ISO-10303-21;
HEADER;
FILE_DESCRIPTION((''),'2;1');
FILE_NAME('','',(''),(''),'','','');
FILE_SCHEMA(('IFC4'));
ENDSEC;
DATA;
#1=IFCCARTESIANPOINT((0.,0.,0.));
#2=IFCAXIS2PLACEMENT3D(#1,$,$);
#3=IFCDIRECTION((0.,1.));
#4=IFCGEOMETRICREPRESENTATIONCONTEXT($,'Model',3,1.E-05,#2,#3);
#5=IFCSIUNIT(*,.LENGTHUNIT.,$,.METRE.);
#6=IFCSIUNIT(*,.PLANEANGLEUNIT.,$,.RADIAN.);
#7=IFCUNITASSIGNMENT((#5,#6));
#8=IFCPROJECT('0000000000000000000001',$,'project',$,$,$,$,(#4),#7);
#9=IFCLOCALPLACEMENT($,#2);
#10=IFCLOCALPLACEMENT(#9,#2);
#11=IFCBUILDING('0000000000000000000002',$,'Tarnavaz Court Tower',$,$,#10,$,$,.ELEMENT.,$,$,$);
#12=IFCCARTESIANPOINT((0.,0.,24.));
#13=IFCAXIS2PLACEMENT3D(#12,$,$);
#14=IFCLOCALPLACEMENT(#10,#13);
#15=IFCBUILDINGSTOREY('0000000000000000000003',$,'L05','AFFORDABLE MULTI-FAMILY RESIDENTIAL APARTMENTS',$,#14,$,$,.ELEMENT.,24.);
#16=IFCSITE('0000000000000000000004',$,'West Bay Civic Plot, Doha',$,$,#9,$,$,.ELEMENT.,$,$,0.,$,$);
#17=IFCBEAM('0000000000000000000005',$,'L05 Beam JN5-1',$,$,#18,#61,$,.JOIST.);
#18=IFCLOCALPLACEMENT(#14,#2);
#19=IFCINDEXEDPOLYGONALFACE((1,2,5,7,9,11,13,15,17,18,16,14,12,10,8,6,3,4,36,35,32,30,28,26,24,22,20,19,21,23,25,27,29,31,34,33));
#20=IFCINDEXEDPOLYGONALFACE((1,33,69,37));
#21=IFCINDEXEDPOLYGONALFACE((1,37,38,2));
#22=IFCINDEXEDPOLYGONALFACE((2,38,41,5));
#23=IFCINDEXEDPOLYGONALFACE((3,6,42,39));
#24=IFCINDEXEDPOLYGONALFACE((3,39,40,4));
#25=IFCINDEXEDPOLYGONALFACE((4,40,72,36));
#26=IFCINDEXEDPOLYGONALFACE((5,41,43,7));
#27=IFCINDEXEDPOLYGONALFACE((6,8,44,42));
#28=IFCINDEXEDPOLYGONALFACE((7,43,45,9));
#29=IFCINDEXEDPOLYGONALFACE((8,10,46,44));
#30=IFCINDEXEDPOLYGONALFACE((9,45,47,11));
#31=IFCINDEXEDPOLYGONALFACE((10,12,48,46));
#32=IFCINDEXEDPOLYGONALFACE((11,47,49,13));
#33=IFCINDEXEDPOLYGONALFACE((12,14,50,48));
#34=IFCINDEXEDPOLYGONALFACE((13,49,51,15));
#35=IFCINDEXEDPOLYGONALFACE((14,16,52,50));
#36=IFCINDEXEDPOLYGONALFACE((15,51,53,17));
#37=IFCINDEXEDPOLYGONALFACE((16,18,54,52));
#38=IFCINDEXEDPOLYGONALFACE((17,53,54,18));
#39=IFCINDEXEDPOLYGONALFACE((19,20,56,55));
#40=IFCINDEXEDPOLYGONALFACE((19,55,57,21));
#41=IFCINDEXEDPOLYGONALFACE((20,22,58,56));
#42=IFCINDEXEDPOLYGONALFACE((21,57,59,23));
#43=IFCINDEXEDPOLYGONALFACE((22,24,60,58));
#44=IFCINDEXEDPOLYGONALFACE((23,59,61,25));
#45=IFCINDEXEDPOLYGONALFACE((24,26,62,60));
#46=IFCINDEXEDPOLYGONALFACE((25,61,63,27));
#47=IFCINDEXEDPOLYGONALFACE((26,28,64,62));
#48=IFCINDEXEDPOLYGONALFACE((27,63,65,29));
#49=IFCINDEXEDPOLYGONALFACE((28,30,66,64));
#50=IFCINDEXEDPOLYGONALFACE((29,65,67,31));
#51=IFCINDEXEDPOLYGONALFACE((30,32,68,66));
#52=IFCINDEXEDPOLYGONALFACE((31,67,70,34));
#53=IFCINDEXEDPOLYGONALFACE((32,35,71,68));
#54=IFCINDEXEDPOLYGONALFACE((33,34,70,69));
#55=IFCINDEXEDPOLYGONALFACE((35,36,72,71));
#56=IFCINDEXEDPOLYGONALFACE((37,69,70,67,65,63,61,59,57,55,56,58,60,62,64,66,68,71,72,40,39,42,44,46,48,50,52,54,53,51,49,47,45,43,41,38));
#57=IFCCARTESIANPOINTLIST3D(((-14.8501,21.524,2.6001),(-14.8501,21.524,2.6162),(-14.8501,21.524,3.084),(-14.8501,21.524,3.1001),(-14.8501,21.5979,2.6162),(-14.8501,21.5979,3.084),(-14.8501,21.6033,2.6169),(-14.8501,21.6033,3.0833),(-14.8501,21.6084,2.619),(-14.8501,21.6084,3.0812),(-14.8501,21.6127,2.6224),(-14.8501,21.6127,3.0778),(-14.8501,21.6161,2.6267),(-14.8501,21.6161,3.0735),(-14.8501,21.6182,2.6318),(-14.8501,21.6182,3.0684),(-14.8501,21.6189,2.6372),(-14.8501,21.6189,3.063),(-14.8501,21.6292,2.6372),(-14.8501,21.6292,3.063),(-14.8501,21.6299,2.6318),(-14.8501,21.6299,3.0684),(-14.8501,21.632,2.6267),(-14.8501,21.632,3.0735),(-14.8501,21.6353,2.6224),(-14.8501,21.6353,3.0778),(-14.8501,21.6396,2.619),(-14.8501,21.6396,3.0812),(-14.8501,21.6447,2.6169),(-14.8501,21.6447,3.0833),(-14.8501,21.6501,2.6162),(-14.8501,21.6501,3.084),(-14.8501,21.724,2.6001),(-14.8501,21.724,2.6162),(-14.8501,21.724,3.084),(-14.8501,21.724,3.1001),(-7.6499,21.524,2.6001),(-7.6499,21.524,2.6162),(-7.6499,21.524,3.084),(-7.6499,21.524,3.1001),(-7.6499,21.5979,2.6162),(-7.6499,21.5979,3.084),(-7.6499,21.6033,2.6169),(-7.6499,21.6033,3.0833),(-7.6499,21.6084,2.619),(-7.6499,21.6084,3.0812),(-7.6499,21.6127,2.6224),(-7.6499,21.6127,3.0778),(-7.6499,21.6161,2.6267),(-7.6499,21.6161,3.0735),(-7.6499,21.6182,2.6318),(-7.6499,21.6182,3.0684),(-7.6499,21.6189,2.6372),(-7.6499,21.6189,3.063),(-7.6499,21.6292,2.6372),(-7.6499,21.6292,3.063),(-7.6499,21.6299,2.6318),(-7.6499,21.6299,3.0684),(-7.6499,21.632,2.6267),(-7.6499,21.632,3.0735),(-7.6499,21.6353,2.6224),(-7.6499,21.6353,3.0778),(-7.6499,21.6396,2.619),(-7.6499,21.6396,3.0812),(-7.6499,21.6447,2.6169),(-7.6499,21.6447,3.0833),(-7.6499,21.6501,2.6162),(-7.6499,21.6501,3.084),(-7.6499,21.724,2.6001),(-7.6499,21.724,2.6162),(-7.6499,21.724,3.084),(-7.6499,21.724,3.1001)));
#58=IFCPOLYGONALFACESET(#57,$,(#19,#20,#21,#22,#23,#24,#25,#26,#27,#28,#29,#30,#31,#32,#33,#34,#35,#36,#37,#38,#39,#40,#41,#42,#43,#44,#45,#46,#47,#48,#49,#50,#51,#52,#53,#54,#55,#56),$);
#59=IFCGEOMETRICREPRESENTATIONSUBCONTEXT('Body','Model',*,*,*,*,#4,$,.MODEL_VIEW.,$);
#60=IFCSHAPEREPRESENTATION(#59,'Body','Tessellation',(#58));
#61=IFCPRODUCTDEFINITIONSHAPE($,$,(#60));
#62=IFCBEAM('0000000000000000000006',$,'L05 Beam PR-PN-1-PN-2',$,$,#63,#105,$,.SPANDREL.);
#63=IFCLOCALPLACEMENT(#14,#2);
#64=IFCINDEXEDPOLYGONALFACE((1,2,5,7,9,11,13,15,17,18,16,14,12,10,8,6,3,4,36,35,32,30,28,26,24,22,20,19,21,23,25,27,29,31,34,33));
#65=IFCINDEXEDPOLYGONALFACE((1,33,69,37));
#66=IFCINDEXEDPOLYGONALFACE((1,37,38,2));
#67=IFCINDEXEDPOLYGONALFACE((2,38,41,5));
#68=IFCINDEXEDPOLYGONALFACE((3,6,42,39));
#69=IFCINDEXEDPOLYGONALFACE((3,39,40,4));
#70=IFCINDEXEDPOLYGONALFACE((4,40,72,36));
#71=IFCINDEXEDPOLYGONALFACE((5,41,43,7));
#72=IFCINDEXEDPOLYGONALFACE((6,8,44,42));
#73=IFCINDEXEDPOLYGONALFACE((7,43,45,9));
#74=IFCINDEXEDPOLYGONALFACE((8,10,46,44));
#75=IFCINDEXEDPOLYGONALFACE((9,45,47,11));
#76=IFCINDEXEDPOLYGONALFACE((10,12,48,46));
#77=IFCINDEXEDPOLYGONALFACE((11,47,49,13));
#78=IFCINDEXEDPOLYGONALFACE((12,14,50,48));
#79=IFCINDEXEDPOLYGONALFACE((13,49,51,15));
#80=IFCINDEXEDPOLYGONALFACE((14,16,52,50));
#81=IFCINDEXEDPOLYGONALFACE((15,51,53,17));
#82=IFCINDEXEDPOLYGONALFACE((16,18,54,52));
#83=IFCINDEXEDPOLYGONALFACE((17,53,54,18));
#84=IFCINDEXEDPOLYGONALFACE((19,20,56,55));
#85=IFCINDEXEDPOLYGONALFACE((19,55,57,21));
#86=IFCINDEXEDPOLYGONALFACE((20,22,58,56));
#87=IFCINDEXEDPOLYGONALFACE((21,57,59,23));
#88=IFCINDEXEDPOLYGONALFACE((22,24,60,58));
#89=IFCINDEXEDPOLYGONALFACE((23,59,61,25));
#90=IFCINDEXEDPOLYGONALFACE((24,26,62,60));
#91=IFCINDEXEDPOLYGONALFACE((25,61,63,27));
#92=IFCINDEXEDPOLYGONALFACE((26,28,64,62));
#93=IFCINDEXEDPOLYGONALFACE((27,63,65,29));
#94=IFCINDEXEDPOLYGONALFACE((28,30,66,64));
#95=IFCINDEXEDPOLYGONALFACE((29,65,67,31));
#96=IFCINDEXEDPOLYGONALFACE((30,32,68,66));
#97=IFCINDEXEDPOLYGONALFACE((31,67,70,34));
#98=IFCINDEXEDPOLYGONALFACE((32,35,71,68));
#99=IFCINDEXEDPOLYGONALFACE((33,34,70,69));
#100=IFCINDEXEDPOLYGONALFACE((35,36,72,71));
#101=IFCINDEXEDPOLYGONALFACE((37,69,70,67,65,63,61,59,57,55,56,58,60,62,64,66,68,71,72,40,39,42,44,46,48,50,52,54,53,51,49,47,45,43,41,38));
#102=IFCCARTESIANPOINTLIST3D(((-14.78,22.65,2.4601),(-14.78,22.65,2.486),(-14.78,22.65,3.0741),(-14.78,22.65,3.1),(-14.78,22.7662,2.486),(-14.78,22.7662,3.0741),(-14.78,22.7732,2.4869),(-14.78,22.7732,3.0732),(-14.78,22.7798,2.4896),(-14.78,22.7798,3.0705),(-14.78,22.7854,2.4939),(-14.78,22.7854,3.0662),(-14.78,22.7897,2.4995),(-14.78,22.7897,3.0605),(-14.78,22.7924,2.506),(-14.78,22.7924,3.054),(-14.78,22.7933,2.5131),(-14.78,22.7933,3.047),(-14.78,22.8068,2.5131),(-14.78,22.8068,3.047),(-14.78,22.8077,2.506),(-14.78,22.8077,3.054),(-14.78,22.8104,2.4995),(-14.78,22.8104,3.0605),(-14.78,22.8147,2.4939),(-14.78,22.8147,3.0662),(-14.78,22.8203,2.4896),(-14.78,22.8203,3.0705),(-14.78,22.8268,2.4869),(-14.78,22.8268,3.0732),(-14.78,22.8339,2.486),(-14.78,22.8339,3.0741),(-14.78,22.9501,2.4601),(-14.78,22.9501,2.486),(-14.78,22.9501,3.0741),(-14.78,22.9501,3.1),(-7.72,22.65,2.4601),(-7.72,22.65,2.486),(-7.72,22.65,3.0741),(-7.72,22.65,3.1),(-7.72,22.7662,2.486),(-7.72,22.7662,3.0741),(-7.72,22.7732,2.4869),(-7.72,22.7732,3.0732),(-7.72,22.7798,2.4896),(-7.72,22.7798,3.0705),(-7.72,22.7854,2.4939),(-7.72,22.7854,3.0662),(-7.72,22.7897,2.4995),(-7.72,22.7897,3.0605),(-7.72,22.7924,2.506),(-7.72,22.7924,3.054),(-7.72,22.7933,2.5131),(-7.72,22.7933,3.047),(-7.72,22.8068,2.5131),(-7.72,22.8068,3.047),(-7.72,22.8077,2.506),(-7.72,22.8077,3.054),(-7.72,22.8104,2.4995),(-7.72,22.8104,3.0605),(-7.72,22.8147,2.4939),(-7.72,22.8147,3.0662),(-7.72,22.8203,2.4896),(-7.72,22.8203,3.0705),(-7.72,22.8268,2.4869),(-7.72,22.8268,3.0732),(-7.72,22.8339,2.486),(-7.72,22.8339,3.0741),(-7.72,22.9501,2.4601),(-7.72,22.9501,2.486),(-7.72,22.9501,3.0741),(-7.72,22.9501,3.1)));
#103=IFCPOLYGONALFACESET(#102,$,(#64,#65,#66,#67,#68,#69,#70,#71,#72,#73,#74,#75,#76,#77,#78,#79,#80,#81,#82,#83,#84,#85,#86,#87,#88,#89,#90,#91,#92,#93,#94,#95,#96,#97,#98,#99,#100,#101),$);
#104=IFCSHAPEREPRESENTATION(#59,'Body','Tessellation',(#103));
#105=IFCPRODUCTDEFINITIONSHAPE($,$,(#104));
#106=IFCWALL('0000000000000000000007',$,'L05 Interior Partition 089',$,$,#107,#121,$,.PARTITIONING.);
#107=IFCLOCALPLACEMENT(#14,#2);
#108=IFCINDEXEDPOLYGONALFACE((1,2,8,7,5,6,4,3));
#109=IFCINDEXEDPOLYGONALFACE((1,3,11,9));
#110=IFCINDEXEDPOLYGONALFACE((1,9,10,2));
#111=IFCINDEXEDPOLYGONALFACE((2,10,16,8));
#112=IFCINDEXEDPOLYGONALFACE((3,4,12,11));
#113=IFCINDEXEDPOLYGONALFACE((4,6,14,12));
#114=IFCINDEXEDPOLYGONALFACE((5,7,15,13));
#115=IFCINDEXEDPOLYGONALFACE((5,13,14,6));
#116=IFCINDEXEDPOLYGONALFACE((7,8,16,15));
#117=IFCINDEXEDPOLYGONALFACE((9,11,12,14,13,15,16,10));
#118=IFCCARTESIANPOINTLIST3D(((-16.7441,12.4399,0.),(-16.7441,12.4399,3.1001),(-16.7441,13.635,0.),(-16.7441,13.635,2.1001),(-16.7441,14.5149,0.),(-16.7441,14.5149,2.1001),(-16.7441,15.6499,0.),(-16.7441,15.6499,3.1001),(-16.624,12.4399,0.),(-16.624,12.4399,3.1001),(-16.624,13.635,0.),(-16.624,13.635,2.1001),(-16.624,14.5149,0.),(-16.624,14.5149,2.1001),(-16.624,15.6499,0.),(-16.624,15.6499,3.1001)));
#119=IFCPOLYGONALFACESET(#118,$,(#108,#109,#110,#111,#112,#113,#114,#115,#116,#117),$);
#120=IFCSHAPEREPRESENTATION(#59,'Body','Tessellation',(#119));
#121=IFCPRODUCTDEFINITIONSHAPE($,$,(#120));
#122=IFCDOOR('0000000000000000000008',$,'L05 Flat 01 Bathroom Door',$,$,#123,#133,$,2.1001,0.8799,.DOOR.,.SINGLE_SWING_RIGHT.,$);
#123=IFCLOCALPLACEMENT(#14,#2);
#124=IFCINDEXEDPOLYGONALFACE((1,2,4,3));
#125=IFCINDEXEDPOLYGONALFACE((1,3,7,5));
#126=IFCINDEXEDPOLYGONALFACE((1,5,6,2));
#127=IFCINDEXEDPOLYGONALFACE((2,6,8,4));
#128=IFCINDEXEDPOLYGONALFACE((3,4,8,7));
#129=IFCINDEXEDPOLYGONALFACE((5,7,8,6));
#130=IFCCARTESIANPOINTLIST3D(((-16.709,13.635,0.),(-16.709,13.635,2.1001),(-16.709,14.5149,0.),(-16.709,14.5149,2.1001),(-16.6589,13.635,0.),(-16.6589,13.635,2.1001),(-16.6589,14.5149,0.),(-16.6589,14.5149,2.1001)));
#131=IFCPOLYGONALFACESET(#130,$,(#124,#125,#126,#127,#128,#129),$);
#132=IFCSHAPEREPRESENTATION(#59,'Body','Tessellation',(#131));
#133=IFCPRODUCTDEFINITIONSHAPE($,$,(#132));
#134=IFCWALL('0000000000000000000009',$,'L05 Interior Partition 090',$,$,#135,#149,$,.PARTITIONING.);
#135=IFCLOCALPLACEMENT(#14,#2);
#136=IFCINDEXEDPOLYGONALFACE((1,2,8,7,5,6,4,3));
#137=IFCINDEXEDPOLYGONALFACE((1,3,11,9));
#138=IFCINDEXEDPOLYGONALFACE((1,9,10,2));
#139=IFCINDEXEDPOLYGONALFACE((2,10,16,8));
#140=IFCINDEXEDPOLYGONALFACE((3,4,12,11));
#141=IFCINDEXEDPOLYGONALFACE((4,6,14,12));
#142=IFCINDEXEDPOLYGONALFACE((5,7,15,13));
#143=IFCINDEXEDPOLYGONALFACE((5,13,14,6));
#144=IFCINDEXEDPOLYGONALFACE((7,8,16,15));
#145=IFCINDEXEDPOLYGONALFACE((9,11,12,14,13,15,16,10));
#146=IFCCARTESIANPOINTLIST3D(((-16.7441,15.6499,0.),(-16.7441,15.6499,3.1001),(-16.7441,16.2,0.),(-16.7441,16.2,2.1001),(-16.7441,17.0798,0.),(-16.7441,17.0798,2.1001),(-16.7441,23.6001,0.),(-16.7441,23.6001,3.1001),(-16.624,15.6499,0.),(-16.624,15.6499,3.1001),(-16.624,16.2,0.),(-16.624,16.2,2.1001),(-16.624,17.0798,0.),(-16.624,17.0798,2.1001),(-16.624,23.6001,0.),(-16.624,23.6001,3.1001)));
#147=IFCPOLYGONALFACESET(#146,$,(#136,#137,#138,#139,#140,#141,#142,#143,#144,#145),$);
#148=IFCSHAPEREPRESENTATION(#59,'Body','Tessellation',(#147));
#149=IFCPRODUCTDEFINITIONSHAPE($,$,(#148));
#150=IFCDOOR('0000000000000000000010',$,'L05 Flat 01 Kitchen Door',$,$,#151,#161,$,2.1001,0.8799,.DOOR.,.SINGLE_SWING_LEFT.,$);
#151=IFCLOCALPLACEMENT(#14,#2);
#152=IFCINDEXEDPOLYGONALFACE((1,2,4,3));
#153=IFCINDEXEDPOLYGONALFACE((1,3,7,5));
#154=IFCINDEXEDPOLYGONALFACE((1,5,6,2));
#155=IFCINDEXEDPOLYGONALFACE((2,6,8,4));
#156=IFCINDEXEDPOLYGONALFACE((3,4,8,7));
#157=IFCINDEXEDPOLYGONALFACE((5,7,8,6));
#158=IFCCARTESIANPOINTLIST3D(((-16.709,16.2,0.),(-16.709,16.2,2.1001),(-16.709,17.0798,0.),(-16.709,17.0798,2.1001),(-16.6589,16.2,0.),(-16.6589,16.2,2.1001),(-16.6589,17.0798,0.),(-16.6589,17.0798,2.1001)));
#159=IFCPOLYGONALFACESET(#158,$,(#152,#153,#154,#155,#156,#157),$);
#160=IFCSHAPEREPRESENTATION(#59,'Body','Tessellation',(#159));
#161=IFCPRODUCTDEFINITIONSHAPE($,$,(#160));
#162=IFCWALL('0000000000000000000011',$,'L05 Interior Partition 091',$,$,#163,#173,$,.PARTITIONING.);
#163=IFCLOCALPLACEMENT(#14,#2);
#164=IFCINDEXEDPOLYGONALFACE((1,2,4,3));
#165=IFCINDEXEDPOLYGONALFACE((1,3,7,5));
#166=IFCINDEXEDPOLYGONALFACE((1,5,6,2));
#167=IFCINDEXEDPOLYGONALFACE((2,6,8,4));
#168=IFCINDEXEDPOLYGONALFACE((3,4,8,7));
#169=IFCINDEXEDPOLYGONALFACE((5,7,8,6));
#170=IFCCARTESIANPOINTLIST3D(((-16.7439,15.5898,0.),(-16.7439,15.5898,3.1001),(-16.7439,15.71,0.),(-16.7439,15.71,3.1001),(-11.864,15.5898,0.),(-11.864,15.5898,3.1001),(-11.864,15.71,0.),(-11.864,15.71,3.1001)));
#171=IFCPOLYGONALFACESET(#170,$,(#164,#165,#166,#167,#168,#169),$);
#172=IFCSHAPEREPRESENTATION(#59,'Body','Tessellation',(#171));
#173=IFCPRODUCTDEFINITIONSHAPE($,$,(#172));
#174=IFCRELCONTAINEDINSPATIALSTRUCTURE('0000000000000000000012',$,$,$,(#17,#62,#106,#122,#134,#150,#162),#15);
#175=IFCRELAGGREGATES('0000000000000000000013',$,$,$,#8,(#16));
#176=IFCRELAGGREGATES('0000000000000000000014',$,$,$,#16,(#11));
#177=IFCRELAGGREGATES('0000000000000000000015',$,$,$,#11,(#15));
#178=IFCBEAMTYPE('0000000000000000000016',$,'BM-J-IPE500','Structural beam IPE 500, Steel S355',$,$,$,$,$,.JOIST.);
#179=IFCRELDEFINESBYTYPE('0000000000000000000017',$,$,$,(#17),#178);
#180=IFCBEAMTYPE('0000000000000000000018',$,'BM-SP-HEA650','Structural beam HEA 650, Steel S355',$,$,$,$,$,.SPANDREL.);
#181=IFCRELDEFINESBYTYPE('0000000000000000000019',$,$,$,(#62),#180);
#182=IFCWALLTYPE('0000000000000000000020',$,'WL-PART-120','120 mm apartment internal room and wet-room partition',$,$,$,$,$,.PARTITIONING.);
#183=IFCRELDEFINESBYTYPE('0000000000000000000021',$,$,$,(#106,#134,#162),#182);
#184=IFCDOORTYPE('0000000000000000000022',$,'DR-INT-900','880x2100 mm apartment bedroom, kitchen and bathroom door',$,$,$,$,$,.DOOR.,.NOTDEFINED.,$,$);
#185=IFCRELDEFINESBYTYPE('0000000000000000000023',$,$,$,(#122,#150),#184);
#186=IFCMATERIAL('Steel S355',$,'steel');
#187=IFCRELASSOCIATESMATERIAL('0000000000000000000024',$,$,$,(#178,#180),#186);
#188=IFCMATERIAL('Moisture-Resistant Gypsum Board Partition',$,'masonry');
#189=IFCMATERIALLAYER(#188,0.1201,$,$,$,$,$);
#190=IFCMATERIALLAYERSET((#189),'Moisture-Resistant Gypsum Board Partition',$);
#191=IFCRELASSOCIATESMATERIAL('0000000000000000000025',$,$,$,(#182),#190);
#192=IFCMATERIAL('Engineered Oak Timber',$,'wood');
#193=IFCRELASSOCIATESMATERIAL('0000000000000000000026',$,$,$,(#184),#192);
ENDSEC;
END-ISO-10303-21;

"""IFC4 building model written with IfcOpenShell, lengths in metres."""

from ifc_helpers import new_model, si_unit, direction, frame, frame_2d, origin, origin_2d, place, context, subcontext, project, spatial, rectangle, i_section, extrude, material, layer, layer_set, material_profile, profile_set, type_object, element, fill, save


model = new_model("IFC4")

# Units and contexts
model_context = context("Model", 3, precision=1e-05, world=origin(), true_north=direction((0.0, 1.0)))
body_context = subcontext(model_context, "Body", "Model", "MODEL_VIEW")
ifc_project = project(units=[si_unit("LENGTHUNIT", "METRE"), si_unit("PLANEANGLEUNIT", "RADIAN")], contexts=[model_context])

# Site, building, storey
site_placement = place(None, origin())
site = spatial("IfcSite", under=ifc_project, at=site_placement, Name="West Bay Civic Plot, Doha", CompositionType="ELEMENT", RefElevation=0.0)
building_placement = place(site_placement, origin())
building = spatial("IfcBuilding", under=site, at=building_placement, Name="Tarnavaz Court Tower", CompositionType="ELEMENT")
storey_placement = place(building_placement, frame((0.0, 0.0, 24.0)))
storey = spatial("IfcBuildingStorey", under=building, at=storey_placement, Name="L05", Description="AFFORDABLE MULTI-FAMILY RESIDENTIAL APARTMENTS", CompositionType="ELEMENT", Elevation=24.0)

# Beams
ifc_material_1 = material(Name="Steel S355", Category="steel")
ifc_material_profile_1 = material_profile(ifc_material_1, i_section(OverallWidth=0.2, OverallDepth=0.5, WebThickness=0.0103, FlangeThickness=0.0161, FilletRadius=0.021, at=origin_2d()), Name="IPE 500")
ifc_profile_set_1 = profile_set([ifc_material_profile_1], Name="Steel S355")
beam_type_1 = type_object("IfcBeamType", Name="BM-J-IPE500", Description="Structural beam IPE 500, Steel S355", PredefinedType="JOIST", material=ifc_profile_set_1)
for number, where, z_axis, x_axis, name in (
    (1, (-14.8501, 21.624, 2.8501), (1.0, 0.0, 0.0), (0.0, 1.0, 0.0), "L05 Beam JN5-1"),
):
    element("IfcBeam", number, at=place(storey_placement, frame(where, z_axis=z_axis, x_axis=x_axis)), inside=storey, type_object=beam_type_1, Name=name, PredefinedType="JOIST", context=body_context, shape_type="SweptSolid", body=[
        extrude(i_section(OverallWidth=0.2, OverallDepth=0.5, WebThickness=0.0103, FlangeThickness=0.0161, FilletRadius=0.021, at=origin_2d()), origin(), (0.0, 0.0, 1.0), 7.2002),
    ])
ifc_material_profile_2 = material_profile(ifc_material_1, i_section(OverallWidth=0.3, OverallDepth=0.6399, WebThickness=0.0134, FlangeThickness=0.0259, FilletRadius=0.0271, at=origin_2d()), Name="HEA 650")
ifc_profile_set_2 = profile_set([ifc_material_profile_2], Name="Steel S355")
beam_type_2 = type_object("IfcBeamType", Name="BM-SP-HEA650", Description="Structural beam HEA 650, Steel S355", PredefinedType="SPANDREL", material=ifc_profile_set_2)
beam_placement = place(storey_placement, frame((-14.78, 22.8, 2.78), z_axis=(1.0, 0.0, 0.0), x_axis=(0.0, 1.0, 0.0)))
element("IfcBeam", 2, at=beam_placement, inside=storey, type_object=beam_type_2, Name="L05 Beam PR-PN-1-PN-2", PredefinedType="SPANDREL", context=body_context, shape_type="SweptSolid", body=[
    extrude(i_section(OverallWidth=0.3, OverallDepth=0.6399, WebThickness=0.0134, FlangeThickness=0.0259, FilletRadius=0.0271, at=origin_2d()), origin(), (0.0, 0.0, 1.0), 7.0601),
])

# Walls, openings, doors
ifc_material_2 = material(Name="Moisture-Resistant Gypsum Board Partition", Category="masonry")
ifc_layer = layer(ifc_material_2, 0.1201)
ifc_layer_set = layer_set([ifc_layer], Name="Moisture-Resistant Gypsum Board Partition")
wall_type = type_object("IfcWallType", Name="WL-PART-120", Description="120 mm apartment internal room and wet-room partition", PredefinedType="PARTITIONING", material=ifc_layer_set)
wall_1_placement = place(storey_placement, frame((-16.6841, 12.4399, 0.0), z_axis=(0.0, 0.0, 1.0), x_axis=(0.0, 1.0, 0.0)))
wall_1 = element("IfcWall", 3, at=wall_1_placement, inside=storey, type_object=wall_type, Name="L05 Interior Partition 089", PredefinedType="PARTITIONING", context=body_context, shape_type="SweptSolid", body=[
    extrude(rectangle(XDim=3.21, YDim=0.1201, at=frame_2d((1.605, 0.0))), origin(), (0.0, 0.0, 1.0), 3.1001),
])
opening_1_placement = place(wall_1_placement, frame((1.1951, 0.0, 0.0)))
opening_1 = element("IfcOpeningElement", 4, at=opening_1_placement, cuts=wall_1, PredefinedType="OPENING", context=body_context, shape_type="SweptSolid", body=[
    extrude(rectangle(XDim=0.8799, YDim=2.1001, at=frame_2d((0.4399, 1.05))), frame((0.0, 0.0701, 0.0), z_axis=(0.0, -1.0, 0.0), x_axis=(1.0, 0.0, 0.0)), (0.0, 0.0, 1.0), 0.1401),
])
ifc_material_3 = material(Name="Engineered Oak Timber", Category="wood")
door_type = type_object("IfcDoorType", Name="DR-INT-900", Description="880x2100 mm apartment bedroom, kitchen and bathroom door", OperationType="NOTDEFINED", PredefinedType="DOOR", material=ifc_material_3)
door_1_placement = place(opening_1_placement, origin())
door_1 = element("IfcDoor", 5, at=door_1_placement, inside=storey, type_object=door_type, Name="L05 Flat 01 Bathroom Door", OperationType="SINGLE_SWING_RIGHT", OverallHeight=2.1001, OverallWidth=0.8799, PredefinedType="DOOR", context=body_context, shape_type="SweptSolid", body=[
    extrude(rectangle(XDim=0.8799, YDim=2.1001, at=frame_2d((0.4399, 1.05))), frame((0.0, 0.0249, 0.0), z_axis=(0.0, -1.0, 0.0), x_axis=(1.0, 0.0, 0.0)), (0.0, 0.0, 1.0), 0.05),
])
fill(opening_1, door_1)
wall_2_placement = place(storey_placement, frame((-16.6841, 15.6499, 0.0), z_axis=(0.0, 0.0, 1.0), x_axis=(0.0, 1.0, 0.0)))
wall_2 = element("IfcWall", 6, at=wall_2_placement, inside=storey, type_object=wall_type, Name="L05 Interior Partition 090", PredefinedType="PARTITIONING", context=body_context, shape_type="SweptSolid", body=[
    extrude(rectangle(XDim=7.9502, YDim=0.1201, at=frame_2d((3.9751, 0.0))), origin(), (0.0, 0.0, 1.0), 3.1001),
])
opening_2_placement = place(wall_2_placement, frame((0.55, 0.0, 0.0)))
opening_2 = element("IfcOpeningElement", 7, at=opening_2_placement, cuts=wall_2, PredefinedType="OPENING", context=body_context, shape_type="SweptSolid", body=[
    extrude(rectangle(XDim=0.8799, YDim=2.1001, at=frame_2d((0.4399, 1.05))), frame((0.0, 0.0701, 0.0), z_axis=(0.0, -1.0, 0.0), x_axis=(1.0, 0.0, 0.0)), (0.0, 0.0, 1.0), 0.1401),
])
door_2_placement = place(opening_2_placement, origin())
door_2 = element("IfcDoor", 8, at=door_2_placement, inside=storey, type_object=door_type, Name="L05 Flat 01 Kitchen Door", OperationType="SINGLE_SWING_LEFT", OverallHeight=2.1001, OverallWidth=0.8799, PredefinedType="DOOR", context=body_context, shape_type="SweptSolid", body=[
    extrude(rectangle(XDim=0.8799, YDim=2.1001, at=frame_2d((0.4399, 1.05))), frame((0.0, 0.0249, 0.0), z_axis=(0.0, -1.0, 0.0), x_axis=(1.0, 0.0, 0.0)), (0.0, 0.0, 1.0), 0.05),
])
fill(opening_2, door_2)

# Wall
wall_3_placement = place(storey_placement, frame((-16.7439, 15.6499, 0.0), z_axis=(0.0, 0.0, 1.0), x_axis=(1.0, 0.0, 0.0)))
element("IfcWall", 9, at=wall_3_placement, inside=storey, type_object=wall_type, Name="L05 Interior Partition 091", PredefinedType="PARTITIONING", context=body_context, shape_type="SweptSolid", body=[
    extrude(rectangle(XDim=4.8799, YDim=0.1201, at=frame_2d((2.4399, 0.0))), origin(), (0.0, 0.0, 1.0), 3.1001),
])

save(model, "model.ifc")
